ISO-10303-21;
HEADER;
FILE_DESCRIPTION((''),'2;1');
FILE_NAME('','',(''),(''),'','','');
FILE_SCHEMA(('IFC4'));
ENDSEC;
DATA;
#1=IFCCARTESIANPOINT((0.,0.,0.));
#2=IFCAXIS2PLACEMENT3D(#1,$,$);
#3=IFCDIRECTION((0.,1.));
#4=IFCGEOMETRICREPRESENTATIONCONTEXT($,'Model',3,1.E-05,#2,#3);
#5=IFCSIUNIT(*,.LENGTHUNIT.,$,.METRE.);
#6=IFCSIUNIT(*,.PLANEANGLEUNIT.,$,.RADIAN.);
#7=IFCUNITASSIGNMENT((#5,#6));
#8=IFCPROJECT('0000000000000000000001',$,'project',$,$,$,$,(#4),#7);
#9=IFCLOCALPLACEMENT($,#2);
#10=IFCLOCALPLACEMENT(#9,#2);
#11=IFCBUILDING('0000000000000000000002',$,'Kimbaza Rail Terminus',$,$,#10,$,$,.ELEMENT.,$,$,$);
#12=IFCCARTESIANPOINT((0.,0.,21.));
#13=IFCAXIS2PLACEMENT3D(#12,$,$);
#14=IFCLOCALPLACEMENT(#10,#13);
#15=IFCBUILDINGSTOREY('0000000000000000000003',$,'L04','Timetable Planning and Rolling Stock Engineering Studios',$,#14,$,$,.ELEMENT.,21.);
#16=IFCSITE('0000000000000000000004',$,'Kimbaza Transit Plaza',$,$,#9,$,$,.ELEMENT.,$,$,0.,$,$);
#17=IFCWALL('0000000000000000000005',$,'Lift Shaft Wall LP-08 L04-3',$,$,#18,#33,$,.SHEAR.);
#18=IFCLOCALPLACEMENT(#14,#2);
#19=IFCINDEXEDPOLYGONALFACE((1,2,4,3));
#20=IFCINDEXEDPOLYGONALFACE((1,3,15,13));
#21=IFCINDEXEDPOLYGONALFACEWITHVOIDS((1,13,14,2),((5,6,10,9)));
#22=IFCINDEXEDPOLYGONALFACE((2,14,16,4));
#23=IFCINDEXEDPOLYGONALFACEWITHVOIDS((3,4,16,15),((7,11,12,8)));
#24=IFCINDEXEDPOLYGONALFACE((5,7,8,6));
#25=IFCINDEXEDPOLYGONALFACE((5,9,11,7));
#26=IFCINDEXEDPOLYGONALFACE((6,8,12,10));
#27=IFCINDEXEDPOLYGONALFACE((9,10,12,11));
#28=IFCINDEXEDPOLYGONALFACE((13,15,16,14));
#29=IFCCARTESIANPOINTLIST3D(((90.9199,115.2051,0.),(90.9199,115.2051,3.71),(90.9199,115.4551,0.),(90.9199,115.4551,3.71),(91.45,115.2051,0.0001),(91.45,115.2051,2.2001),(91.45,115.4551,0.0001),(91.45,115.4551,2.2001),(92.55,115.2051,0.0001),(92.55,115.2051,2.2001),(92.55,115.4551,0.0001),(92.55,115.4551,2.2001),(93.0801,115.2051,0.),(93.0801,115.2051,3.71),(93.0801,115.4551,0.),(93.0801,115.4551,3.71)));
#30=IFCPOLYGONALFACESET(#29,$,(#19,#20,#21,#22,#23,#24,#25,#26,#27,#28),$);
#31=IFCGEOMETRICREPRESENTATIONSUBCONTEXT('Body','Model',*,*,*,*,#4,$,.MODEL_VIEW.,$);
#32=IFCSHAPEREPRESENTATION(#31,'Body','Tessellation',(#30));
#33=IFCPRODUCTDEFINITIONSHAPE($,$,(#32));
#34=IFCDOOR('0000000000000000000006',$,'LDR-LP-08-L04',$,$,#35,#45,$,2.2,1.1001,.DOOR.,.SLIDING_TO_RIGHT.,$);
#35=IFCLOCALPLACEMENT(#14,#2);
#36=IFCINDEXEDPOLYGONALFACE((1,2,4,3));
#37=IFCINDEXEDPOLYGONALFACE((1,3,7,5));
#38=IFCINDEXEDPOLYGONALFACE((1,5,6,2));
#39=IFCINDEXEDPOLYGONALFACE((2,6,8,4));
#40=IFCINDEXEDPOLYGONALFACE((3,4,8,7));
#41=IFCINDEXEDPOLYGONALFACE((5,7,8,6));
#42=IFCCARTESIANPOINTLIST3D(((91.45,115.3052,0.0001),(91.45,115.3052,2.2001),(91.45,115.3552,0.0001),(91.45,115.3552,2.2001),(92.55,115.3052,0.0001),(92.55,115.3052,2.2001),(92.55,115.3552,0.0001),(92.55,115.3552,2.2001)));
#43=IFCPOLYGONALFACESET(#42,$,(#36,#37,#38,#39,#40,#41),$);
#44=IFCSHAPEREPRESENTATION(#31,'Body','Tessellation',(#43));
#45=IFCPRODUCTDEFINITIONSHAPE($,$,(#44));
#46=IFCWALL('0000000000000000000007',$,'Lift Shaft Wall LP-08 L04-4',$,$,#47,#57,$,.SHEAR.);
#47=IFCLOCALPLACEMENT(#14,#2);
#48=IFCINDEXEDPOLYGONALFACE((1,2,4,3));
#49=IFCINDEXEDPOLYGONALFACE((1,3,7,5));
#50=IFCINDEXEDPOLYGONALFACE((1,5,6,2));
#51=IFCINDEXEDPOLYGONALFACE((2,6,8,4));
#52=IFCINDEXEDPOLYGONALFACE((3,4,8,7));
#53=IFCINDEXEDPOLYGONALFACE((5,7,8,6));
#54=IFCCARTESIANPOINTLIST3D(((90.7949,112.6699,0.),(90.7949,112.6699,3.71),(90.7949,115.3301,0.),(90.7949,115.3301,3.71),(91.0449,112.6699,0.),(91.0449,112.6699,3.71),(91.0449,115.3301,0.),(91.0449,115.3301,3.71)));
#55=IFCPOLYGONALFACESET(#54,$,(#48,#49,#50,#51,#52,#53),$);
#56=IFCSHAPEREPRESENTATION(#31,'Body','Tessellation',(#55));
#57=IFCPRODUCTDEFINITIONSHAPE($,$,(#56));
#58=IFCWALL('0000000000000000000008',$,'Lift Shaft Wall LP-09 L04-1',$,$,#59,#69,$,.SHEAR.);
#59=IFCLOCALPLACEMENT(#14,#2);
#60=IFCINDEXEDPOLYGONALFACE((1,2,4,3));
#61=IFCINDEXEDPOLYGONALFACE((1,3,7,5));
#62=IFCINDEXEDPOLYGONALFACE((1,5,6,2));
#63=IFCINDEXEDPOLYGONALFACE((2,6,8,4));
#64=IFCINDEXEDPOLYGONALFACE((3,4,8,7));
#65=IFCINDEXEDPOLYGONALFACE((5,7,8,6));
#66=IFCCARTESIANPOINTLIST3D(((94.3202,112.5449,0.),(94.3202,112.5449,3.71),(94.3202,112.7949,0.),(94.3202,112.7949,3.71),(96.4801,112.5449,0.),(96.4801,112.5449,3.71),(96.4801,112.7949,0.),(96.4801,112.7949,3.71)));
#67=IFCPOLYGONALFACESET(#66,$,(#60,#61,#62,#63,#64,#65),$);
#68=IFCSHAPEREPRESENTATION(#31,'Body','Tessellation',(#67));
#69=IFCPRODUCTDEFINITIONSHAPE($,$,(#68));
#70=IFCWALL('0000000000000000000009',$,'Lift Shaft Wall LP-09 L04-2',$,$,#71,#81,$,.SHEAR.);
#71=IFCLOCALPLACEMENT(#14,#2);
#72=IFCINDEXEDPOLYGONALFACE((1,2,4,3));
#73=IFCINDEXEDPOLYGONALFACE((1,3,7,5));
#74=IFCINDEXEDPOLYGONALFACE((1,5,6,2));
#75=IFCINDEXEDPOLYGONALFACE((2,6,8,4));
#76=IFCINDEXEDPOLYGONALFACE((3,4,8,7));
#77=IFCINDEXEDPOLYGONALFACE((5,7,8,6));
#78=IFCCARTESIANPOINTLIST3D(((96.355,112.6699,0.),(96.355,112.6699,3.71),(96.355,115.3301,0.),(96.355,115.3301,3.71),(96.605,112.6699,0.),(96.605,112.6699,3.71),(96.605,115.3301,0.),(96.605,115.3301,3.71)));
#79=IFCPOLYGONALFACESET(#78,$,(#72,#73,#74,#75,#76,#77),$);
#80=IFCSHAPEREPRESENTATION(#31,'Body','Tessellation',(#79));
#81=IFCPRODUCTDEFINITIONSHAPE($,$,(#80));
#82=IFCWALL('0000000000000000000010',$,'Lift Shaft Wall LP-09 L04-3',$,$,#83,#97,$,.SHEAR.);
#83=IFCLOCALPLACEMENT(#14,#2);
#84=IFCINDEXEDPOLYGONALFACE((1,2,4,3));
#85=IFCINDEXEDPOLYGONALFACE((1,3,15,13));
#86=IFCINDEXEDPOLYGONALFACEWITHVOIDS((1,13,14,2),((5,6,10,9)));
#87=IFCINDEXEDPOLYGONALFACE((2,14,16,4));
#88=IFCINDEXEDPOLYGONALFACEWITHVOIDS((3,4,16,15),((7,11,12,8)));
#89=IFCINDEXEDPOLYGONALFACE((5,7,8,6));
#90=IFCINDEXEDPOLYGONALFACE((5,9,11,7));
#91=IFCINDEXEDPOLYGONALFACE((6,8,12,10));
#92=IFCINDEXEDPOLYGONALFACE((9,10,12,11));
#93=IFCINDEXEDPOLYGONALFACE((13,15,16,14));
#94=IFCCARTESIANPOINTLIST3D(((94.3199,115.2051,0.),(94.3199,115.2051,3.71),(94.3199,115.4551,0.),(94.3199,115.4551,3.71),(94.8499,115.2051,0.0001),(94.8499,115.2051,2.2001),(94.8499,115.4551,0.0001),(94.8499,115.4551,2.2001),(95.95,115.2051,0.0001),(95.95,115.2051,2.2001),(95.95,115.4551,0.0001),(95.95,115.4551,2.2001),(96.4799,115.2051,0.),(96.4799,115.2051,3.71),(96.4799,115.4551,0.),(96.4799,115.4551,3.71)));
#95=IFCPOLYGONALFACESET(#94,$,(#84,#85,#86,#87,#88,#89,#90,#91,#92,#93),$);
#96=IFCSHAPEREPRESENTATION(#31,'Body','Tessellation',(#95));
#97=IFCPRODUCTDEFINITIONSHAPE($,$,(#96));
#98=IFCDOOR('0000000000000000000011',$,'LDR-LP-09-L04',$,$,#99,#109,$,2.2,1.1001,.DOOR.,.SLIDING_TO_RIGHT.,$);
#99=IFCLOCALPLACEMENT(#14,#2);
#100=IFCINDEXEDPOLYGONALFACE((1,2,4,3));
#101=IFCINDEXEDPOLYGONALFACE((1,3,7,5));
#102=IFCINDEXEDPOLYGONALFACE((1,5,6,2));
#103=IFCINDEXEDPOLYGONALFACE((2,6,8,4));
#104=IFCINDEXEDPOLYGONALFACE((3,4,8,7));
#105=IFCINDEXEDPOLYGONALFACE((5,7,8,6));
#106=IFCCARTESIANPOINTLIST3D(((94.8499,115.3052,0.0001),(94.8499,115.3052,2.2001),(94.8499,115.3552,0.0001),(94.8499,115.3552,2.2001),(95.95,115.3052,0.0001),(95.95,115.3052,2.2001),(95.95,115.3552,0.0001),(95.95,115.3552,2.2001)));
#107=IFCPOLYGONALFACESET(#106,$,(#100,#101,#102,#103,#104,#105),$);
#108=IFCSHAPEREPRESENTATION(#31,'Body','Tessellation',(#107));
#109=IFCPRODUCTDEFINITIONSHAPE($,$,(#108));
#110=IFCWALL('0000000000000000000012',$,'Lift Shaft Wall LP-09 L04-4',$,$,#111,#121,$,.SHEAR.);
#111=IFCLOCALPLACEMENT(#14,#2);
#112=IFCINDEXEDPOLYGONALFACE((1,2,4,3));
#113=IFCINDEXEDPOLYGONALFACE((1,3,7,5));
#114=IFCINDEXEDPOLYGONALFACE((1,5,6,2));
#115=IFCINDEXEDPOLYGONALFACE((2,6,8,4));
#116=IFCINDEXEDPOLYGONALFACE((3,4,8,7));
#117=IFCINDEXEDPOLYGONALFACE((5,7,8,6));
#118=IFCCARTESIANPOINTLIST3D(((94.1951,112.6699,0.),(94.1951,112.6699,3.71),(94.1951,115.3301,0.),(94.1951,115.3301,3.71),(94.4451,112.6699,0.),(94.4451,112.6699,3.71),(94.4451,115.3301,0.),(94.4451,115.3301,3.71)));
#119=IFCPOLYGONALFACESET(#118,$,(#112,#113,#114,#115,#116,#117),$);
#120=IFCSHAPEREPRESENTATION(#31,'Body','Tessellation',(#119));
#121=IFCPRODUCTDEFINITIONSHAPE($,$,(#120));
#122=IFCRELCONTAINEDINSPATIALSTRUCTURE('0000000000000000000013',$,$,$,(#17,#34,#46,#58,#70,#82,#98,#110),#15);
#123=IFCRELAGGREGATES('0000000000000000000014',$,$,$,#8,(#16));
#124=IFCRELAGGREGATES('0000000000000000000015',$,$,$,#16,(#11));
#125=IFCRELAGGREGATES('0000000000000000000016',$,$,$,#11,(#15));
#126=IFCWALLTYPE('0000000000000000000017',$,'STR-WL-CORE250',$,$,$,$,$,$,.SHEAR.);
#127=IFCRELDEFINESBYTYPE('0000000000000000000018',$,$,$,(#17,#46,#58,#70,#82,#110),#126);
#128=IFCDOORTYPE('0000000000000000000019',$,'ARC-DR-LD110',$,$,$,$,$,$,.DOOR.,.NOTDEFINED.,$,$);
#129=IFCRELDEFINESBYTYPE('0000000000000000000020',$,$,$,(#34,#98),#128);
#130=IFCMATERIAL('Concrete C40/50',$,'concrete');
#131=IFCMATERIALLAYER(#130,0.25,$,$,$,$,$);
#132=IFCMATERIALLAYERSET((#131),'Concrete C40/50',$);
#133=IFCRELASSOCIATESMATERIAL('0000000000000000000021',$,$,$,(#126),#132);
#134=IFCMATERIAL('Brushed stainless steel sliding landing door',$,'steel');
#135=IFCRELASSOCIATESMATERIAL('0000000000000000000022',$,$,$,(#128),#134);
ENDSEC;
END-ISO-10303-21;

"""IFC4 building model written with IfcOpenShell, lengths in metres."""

from ifc_helpers import new_model, si_unit, direction, frame, frame_2d, origin, place, context, subcontext, project, spatial, rectangle, extrude, material, layer, layer_set, type_object, element, fill, save


model = new_model("IFC4")

# Units and contexts
model_context = context("Model", 3, precision=1e-05, world=origin(), true_north=direction((0.0, 1.0)))
body_context = subcontext(model_context, "Body", "Model", "MODEL_VIEW")
ifc_project = project(units=[si_unit("LENGTHUNIT", "METRE"), si_unit("PLANEANGLEUNIT", "RADIAN")], contexts=[model_context])

# Site, building, storey
site_placement = place(None, origin())
site = spatial("IfcSite", under=ifc_project, at=site_placement, Name="Kimbaza Transit Plaza", CompositionType="ELEMENT", RefElevation=0.0)
building_placement = place(site_placement, origin())
building = spatial("IfcBuilding", under=site, at=building_placement, Name="Kimbaza Rail Terminus", CompositionType="ELEMENT")
storey_placement = place(building_placement, frame((0.0, 0.0, 21.0)))
storey = spatial("IfcBuildingStorey", under=building, at=storey_placement, Name="L04", Description="Timetable Planning and Rolling Stock Engineering Studios", CompositionType="ELEMENT", Elevation=21.0)

# Shared definitions
ifc_material_1 = material(Name="Concrete C40/50", Category="concrete")
ifc_layer_1 = layer(ifc_material_1, 0.25)
ifc_layer_set_1 = layer_set([ifc_layer_1], Name="Concrete C40/50")
wall_type_1 = type_object("IfcWallType", Name="STR-WL-CORE250", PredefinedType="SHEAR", material=ifc_layer_set_1)

# Wall, opening, door
wall_1_placement = place(storey_placement, frame((93.0801, 115.3301, 0.0), z_axis=(0.0, 0.0, 1.0), x_axis=(-1.0, 0.0, 0.0)))
wall_1 = element("IfcWall", 1, at=wall_1_placement, inside=storey, type_object=wall_type_1, Name="Lift Shaft Wall LP-08 L04-3", PredefinedType="SHEAR", context=body_context, shape_type="SweptSolid", body=[
    extrude(rectangle(XDim=2.1602, YDim=0.25, at=frame_2d((1.0801, 0.0))), origin(), (0.0, 0.0, 1.0), 3.71),
])
opening_1_placement = place(wall_1_placement, frame((0.53, 0.0, 0.0)))
opening_1 = element("IfcOpeningElement", 2, at=opening_1_placement, cuts=wall_1, PredefinedType="OPENING", context=body_context, shape_type="SweptSolid", body=[
    extrude(rectangle(XDim=1.1001, YDim=2.2, at=frame_2d((0.55, 1.1001))), frame((0.0, 0.135, 0.0), z_axis=(0.0, -1.0, 0.0), x_axis=(1.0, 0.0, 0.0)), (0.0, 0.0, 1.0), 0.27),
])
ifc_material_2 = material(Name="Brushed stainless steel sliding landing door", Category="steel")
door_type_1 = type_object("IfcDoorType", Name="ARC-DR-LD110", OperationType="NOTDEFINED", PredefinedType="DOOR", material=ifc_material_2)
door_1_placement = place(opening_1_placement, origin())
door_1 = element("IfcDoor", 3, at=door_1_placement, inside=storey, type_object=door_type_1, Name="LDR-LP-08-L04", OperationType="SLIDING_TO_RIGHT", OverallHeight=2.2, OverallWidth=1.1001, PredefinedType="DOOR", context=body_context, shape_type="SweptSolid", body=[
    extrude(rectangle(XDim=1.1001, YDim=2.2, at=frame_2d((0.55, 1.1001))), frame((0.0, 0.0249, 0.0), z_axis=(0.0, -1.0, 0.0), x_axis=(1.0, 0.0, 0.0)), (0.0, 0.0, 1.0), 0.05),
])
fill(opening_1, door_1)

# Walls
wall_2_placement = place(storey_placement, frame((90.9199, 115.3301, 0.0), z_axis=(0.0, 0.0, 1.0), x_axis=(0.0, -1.0, 0.0)))
element("IfcWall", 4, at=wall_2_placement, inside=storey, type_object=wall_type_1, Name="Lift Shaft Wall LP-08 L04-4", PredefinedType="SHEAR", context=body_context, shape_type="SweptSolid", body=[
    extrude(rectangle(XDim=2.6602, YDim=0.25, at=frame_2d((1.3301, 0.0))), origin(), (0.0, 0.0, 1.0), 3.71),
])
wall_3_placement = place(storey_placement, frame((94.3201, 112.6699, 0.0), z_axis=(0.0, 0.0, 1.0), x_axis=(1.0, 0.0, 0.0)))
element("IfcWall", 5, at=wall_3_placement, inside=storey, type_object=wall_type_1, Name="Lift Shaft Wall LP-09 L04-1", PredefinedType="SHEAR", context=body_context, shape_type="SweptSolid", body=[
    extrude(rectangle(XDim=2.1599, YDim=0.25, at=frame_2d((1.0801, 0.0))), origin(), (0.0, 0.0, 1.0), 3.71),
])
wall_4_placement = place(storey_placement, frame((96.48, 112.6699, 0.0), z_axis=(0.0, 0.0, 1.0), x_axis=(0.0, 1.0, 0.0)))
element("IfcWall", 6, at=wall_4_placement, inside=storey, type_object=wall_type_1, Name="Lift Shaft Wall LP-09 L04-2", PredefinedType="SHEAR", context=body_context, shape_type="SweptSolid", body=[
    extrude(rectangle(XDim=2.6602, YDim=0.25, at=frame_2d((1.3301, 0.0))), origin(), (0.0, 0.0, 1.0), 3.71),
])

# Wall, opening, door
wall_5_placement = place(storey_placement, frame((96.48, 115.3301, 0.0), z_axis=(0.0, 0.0, 1.0), x_axis=(-1.0, 0.0, 0.0)))
wall_5 = element("IfcWall", 7, at=wall_5_placement, inside=storey, type_object=wall_type_1, Name="Lift Shaft Wall LP-09 L04-3", PredefinedType="SHEAR", context=body_context, shape_type="SweptSolid", body=[
    extrude(rectangle(XDim=2.1599, YDim=0.25, at=frame_2d((1.0801, 0.0))), origin(), (0.0, 0.0, 1.0), 3.71),
])
opening_2_placement = place(wall_5_placement, frame((0.53, 0.0, 0.0)))
opening_2 = element("IfcOpeningElement", 8, at=opening_2_placement, cuts=wall_5, PredefinedType="OPENING", context=body_context, shape_type="SweptSolid", body=[
    extrude(rectangle(XDim=1.1001, YDim=2.2, at=frame_2d((0.55, 1.1001))), frame((0.0, 0.135, 0.0), z_axis=(0.0, -1.0, 0.0), x_axis=(1.0, 0.0, 0.0)), (0.0, 0.0, 1.0), 0.27),
])
door_2_placement = place(opening_2_placement, origin())
door_2 = element("IfcDoor", 9, at=door_2_placement, inside=storey, type_object=door_type_1, Name="LDR-LP-09-L04", OperationType="SLIDING_TO_RIGHT", OverallHeight=2.2, OverallWidth=1.1001, PredefinedType="DOOR", context=body_context, shape_type="SweptSolid", body=[
    extrude(rectangle(XDim=1.1001, YDim=2.2, at=frame_2d((0.55, 1.1001))), frame((0.0, 0.0249, 0.0), z_axis=(0.0, -1.0, 0.0), x_axis=(1.0, 0.0, 0.0)), (0.0, 0.0, 1.0), 0.05),
])
fill(opening_2, door_2)

# Wall
wall_6_placement = place(storey_placement, frame((94.3201, 115.3301, 0.0), z_axis=(0.0, 0.0, 1.0), x_axis=(0.0, -1.0, 0.0)))
element("IfcWall", 10, at=wall_6_placement, inside=storey, type_object=wall_type_1, Name="Lift Shaft Wall LP-09 L04-4", PredefinedType="SHEAR", context=body_context, shape_type="SweptSolid", body=[
    extrude(rectangle(XDim=2.6602, YDim=0.25, at=frame_2d((1.3301, 0.0))), origin(), (0.0, 0.0, 1.0), 3.71),
])

save(model, "model.ifc")
